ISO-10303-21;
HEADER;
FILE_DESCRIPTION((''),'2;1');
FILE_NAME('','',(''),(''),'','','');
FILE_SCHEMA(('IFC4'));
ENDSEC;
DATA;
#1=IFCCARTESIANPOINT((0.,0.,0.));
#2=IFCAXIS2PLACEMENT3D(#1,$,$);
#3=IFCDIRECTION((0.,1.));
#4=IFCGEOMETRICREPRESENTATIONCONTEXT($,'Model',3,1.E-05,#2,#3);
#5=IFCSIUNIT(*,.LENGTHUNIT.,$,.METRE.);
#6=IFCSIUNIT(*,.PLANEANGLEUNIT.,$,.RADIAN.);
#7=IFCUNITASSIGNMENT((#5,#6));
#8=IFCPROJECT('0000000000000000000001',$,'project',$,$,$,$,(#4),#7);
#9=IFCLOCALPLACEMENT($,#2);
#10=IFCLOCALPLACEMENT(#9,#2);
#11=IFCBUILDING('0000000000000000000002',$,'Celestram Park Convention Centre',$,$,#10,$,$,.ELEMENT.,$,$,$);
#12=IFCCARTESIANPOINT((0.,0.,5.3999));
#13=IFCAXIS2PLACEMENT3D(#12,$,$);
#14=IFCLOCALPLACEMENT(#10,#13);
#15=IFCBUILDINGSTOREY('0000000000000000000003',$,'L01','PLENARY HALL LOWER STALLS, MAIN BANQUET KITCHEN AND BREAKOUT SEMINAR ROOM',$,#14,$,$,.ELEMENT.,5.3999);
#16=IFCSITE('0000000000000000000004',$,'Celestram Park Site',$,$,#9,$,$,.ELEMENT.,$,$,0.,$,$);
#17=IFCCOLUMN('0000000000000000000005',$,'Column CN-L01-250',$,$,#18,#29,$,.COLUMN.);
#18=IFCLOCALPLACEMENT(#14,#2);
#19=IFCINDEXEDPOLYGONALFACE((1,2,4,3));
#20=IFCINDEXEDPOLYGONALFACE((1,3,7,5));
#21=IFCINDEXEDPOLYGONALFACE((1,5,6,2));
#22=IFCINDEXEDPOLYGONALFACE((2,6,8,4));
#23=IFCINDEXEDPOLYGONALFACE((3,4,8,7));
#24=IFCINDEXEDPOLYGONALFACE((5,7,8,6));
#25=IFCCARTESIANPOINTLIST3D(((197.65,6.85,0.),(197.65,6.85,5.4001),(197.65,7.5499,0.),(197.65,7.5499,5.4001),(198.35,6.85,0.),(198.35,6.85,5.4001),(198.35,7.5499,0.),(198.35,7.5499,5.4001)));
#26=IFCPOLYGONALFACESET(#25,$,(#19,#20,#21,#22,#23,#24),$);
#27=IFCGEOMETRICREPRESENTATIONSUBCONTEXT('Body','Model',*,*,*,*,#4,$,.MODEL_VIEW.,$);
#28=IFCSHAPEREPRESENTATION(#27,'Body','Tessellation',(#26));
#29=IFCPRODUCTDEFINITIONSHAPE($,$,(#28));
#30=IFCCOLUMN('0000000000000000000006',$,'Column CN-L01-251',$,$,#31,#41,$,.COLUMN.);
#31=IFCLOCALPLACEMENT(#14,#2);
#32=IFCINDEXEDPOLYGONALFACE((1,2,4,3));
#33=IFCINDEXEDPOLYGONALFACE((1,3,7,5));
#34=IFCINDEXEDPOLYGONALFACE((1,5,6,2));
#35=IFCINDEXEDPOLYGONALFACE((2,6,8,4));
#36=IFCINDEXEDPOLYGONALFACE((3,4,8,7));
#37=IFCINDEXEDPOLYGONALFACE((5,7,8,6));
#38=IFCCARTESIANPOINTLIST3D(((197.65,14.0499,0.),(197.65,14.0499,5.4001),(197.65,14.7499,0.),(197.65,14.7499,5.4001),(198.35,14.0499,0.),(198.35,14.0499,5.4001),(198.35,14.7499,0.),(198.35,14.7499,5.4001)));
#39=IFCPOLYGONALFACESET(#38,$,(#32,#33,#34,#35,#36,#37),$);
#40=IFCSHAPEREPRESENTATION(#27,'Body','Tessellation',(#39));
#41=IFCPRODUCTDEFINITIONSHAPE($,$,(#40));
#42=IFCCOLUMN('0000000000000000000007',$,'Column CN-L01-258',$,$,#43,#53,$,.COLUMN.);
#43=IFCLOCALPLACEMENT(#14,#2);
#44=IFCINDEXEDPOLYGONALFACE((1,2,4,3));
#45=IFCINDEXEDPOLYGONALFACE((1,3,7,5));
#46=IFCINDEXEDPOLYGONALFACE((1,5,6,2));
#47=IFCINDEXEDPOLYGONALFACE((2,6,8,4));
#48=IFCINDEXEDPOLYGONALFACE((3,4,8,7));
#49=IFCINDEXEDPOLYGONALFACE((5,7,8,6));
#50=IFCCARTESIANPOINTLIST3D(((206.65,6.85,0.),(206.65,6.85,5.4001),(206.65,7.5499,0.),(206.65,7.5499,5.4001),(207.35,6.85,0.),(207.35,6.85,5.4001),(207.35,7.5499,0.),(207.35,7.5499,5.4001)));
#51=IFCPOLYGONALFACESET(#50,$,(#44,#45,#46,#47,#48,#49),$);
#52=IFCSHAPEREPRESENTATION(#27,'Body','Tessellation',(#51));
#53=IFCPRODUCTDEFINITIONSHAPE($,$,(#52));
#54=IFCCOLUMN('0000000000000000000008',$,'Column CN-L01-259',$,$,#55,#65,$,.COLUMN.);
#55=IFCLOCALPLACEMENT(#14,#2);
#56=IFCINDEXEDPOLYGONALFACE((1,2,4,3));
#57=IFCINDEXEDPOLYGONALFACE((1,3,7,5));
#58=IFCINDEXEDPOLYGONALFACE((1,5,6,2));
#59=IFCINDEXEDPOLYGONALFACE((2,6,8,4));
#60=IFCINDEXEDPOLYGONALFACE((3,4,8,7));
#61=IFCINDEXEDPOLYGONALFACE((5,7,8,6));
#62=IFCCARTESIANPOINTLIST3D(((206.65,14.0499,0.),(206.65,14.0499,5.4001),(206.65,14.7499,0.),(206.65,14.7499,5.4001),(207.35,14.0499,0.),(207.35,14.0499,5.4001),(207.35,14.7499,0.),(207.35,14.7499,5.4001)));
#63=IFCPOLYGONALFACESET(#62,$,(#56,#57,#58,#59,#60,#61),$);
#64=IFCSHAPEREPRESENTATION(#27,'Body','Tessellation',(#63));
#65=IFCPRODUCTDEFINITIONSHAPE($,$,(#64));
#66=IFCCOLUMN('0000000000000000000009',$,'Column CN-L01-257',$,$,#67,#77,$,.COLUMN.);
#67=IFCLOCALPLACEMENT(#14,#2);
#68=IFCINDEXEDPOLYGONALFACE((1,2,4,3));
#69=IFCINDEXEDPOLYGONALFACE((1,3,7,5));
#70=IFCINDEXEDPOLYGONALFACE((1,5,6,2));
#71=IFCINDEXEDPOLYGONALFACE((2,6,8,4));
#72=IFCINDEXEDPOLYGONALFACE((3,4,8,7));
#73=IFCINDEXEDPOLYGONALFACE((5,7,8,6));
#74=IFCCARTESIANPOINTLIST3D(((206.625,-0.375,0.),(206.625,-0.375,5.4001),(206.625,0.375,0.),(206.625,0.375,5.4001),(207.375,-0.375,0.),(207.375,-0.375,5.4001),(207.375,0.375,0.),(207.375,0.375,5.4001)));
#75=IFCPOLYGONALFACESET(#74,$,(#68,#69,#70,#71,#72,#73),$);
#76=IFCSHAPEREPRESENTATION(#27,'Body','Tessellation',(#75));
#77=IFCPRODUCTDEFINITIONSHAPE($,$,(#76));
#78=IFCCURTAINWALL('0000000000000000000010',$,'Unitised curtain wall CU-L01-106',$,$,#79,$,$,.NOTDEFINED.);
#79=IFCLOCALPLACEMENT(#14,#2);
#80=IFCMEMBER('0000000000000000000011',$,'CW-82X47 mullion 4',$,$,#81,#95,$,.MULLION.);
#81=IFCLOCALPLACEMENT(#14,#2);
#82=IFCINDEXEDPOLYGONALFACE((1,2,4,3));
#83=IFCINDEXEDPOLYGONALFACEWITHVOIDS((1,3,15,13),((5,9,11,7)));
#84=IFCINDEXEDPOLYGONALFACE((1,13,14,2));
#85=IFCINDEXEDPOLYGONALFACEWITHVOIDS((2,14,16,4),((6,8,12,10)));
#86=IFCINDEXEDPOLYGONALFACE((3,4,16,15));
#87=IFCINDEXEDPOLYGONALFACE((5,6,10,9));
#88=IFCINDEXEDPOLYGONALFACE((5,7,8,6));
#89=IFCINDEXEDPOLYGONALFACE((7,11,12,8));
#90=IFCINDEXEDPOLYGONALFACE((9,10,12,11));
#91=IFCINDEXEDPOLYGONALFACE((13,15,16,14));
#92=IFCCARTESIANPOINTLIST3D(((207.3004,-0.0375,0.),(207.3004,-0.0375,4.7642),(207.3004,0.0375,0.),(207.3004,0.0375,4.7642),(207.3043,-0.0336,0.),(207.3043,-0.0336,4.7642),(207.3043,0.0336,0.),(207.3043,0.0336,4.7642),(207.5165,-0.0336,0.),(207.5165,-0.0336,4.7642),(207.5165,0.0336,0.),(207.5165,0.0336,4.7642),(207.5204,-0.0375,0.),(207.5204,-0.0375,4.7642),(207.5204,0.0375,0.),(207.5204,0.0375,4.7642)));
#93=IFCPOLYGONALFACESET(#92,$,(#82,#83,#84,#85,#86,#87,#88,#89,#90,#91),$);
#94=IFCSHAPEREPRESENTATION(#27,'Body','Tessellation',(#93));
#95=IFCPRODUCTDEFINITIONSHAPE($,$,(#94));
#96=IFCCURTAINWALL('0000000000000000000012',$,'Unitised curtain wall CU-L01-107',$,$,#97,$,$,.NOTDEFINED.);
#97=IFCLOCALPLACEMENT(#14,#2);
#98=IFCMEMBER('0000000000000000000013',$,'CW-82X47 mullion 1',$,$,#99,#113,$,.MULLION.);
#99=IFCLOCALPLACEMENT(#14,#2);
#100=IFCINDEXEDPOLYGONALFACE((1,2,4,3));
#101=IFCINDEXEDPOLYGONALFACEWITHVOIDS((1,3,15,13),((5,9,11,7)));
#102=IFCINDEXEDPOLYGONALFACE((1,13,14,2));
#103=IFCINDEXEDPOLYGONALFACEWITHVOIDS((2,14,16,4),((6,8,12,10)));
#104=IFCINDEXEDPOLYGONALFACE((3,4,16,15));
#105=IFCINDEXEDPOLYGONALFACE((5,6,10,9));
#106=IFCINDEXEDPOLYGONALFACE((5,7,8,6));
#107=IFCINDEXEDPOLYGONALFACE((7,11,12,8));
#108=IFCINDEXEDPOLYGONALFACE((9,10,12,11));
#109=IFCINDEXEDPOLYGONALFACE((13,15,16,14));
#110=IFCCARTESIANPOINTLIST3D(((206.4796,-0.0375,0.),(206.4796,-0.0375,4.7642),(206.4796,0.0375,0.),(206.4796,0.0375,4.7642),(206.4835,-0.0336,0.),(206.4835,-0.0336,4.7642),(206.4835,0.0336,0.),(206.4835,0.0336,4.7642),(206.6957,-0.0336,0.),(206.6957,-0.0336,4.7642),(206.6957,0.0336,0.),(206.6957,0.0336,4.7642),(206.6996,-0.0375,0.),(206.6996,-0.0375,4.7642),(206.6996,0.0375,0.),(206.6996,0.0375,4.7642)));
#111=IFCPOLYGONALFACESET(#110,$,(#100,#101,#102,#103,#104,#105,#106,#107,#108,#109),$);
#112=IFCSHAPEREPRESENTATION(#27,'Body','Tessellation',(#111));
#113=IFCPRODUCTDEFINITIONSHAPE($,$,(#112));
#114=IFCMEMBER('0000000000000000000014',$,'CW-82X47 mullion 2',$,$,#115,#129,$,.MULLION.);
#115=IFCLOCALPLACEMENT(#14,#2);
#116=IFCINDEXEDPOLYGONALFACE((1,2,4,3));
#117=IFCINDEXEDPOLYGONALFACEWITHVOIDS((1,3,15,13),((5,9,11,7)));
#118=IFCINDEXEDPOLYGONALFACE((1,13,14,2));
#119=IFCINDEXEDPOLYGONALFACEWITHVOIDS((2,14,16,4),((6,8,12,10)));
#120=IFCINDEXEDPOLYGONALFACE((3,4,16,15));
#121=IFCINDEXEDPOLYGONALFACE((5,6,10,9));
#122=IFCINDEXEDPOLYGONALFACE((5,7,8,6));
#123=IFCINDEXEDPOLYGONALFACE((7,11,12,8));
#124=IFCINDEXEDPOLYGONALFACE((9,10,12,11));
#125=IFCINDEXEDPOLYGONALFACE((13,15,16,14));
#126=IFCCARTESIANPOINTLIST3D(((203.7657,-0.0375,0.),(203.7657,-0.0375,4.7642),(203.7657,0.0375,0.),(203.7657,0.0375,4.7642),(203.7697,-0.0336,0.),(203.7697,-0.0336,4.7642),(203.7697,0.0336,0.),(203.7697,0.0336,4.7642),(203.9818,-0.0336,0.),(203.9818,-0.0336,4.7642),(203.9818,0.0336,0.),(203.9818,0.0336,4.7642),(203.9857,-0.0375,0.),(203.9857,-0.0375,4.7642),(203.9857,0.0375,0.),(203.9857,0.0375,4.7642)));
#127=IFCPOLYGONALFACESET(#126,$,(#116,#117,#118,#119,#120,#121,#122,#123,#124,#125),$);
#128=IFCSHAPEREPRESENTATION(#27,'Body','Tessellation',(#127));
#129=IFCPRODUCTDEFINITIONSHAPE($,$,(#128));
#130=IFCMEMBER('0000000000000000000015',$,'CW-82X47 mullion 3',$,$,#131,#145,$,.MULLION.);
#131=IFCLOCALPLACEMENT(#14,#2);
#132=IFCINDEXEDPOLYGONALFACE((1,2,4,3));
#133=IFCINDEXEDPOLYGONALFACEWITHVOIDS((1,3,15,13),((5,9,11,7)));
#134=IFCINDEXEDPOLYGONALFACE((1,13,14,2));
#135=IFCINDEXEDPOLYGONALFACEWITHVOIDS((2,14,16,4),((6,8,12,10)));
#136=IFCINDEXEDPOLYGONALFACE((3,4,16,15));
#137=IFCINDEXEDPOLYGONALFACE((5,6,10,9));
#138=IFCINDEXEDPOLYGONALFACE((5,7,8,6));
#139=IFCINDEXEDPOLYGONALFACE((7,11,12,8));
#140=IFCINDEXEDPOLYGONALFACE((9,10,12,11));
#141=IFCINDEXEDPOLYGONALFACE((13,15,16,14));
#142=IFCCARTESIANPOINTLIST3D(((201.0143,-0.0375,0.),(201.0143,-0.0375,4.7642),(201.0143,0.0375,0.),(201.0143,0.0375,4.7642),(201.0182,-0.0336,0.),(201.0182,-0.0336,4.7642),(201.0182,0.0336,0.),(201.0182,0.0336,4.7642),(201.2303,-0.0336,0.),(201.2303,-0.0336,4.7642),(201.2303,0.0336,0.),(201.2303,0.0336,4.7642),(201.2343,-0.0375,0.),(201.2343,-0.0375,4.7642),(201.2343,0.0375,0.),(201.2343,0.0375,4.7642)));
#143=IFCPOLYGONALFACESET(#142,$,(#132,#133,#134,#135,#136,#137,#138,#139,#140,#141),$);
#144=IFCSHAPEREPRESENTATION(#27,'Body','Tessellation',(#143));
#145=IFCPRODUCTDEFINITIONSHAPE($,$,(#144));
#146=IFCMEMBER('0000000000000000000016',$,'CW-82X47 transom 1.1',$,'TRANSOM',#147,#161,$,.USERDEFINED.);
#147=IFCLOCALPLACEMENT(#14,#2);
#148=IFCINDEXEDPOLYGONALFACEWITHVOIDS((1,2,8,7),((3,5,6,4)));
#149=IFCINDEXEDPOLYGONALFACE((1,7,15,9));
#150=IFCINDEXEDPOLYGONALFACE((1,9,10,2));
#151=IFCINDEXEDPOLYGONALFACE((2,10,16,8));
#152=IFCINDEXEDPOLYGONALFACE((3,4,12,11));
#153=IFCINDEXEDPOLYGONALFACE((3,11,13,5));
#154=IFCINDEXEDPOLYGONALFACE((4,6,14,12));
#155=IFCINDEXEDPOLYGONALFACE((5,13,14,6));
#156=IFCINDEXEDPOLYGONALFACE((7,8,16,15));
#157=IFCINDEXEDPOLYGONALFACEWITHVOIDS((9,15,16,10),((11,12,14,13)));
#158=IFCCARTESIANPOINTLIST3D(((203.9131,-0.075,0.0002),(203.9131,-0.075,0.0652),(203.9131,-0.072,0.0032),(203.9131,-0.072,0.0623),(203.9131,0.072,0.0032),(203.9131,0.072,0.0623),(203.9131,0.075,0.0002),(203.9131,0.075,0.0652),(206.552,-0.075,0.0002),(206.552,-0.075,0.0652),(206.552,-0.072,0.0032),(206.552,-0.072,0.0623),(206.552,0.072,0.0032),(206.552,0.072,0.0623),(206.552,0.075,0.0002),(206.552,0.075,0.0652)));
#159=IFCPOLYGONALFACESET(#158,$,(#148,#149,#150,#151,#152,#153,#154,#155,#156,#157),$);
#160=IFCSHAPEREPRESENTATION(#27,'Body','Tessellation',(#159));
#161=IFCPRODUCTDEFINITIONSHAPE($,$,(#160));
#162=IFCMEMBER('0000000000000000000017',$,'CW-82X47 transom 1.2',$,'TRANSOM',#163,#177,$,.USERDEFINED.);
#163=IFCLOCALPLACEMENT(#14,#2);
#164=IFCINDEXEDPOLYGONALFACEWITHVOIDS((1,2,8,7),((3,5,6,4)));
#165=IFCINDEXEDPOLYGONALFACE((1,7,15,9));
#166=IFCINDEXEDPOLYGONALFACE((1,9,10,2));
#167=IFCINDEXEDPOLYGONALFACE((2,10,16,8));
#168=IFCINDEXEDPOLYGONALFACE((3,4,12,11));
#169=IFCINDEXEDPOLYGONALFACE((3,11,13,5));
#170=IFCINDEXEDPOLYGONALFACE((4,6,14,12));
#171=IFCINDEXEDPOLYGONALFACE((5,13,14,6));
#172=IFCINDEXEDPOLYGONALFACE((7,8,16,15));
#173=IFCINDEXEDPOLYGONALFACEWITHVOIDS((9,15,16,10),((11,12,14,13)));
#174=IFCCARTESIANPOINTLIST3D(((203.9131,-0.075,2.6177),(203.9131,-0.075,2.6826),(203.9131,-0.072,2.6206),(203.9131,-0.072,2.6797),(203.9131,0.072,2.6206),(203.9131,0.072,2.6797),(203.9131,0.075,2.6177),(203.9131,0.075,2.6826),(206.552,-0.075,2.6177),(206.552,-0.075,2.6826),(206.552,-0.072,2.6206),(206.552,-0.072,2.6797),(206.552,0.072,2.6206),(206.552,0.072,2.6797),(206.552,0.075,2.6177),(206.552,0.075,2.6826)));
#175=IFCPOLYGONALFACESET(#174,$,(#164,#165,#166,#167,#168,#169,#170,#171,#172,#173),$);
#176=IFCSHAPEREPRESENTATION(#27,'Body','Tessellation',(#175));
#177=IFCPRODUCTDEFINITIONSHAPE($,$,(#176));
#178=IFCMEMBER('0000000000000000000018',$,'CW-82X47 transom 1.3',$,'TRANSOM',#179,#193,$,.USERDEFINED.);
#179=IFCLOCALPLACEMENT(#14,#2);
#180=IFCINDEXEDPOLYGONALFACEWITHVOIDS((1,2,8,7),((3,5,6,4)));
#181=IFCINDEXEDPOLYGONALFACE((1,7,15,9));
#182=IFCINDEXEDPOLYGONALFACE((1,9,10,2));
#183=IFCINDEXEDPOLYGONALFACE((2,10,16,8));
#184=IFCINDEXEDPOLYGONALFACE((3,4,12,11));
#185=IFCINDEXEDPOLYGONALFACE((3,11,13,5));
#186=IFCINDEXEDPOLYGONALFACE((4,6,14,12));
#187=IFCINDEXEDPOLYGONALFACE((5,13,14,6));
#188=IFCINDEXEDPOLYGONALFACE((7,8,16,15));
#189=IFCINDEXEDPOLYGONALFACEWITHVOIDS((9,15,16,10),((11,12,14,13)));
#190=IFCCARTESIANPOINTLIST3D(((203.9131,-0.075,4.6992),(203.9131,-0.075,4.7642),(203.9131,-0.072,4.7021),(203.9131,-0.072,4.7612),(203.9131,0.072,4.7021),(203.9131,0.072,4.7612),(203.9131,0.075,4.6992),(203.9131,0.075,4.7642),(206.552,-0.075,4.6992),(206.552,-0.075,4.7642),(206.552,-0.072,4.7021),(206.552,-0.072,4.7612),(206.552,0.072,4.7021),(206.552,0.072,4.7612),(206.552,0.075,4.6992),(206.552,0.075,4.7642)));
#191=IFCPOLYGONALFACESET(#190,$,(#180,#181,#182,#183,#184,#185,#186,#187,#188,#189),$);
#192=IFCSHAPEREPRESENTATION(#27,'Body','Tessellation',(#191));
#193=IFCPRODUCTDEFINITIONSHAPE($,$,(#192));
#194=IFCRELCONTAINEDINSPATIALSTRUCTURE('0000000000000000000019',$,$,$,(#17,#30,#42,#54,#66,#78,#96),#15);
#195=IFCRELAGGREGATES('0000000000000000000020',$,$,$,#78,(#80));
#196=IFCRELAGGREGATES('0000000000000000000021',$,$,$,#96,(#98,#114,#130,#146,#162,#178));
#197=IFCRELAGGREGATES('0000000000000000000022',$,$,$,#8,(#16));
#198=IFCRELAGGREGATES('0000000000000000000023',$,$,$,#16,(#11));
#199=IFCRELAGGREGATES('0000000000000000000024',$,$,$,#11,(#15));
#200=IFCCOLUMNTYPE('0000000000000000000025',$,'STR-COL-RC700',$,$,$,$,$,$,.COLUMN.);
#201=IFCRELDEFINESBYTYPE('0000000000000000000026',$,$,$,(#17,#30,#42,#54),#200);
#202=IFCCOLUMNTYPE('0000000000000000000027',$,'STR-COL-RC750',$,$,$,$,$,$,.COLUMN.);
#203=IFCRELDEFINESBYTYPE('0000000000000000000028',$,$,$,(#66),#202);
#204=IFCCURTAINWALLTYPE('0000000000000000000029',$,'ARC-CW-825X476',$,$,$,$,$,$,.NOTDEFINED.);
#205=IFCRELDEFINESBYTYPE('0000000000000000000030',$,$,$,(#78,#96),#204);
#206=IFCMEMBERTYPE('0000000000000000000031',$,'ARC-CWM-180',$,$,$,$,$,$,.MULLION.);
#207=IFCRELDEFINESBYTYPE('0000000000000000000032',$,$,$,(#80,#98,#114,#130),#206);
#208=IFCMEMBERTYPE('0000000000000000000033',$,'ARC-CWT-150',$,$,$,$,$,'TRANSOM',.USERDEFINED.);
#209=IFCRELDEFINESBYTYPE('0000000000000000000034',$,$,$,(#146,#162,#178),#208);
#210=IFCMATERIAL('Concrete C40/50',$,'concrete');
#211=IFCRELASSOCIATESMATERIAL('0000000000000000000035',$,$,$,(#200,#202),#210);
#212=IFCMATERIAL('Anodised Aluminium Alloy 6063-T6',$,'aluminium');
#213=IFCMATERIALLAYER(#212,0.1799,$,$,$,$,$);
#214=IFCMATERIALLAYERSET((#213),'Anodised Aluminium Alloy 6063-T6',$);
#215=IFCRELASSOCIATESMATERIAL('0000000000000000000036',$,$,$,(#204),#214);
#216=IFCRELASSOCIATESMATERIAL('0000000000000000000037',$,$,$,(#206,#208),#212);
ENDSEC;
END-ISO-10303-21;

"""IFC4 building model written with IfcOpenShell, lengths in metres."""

from ifc_helpers import new_model, si_unit, direction, frame, origin, origin_2d, place, context, subcontext, project, spatial, rectangle, hollow_rectangle, extrude, material, layer, layer_set, material_profile, profile_set, type_object, element, aggregate, save


model = new_model("IFC4")

# Units and contexts
model_context = context("Model", 3, precision=1e-05, world=origin(), true_north=direction((0.0, 1.0)))
body_context = subcontext(model_context, "Body", "Model", "MODEL_VIEW")
ifc_project = project(units=[si_unit("LENGTHUNIT", "METRE"), si_unit("PLANEANGLEUNIT", "RADIAN")], contexts=[model_context])

# Site, building, storey
site_placement = place(None, origin())
site = spatial("IfcSite", under=ifc_project, at=site_placement, Name="Celestram Park Site", CompositionType="ELEMENT", RefElevation=0.0)
building_placement = place(site_placement, origin())
building = spatial("IfcBuilding", under=site, at=building_placement, Name="Celestram Park Convention Centre", CompositionType="ELEMENT")
storey_placement = place(building_placement, frame((0.0, 0.0, 5.3999)))
storey = spatial("IfcBuildingStorey", under=building, at=storey_placement, Name="L01", Description="PLENARY HALL LOWER STALLS, MAIN BANQUET KITCHEN AND BREAKOUT SEMINAR ROOM", CompositionType="ELEMENT", Elevation=5.3999)

# Columns
ifc_material_1 = material(Name="Concrete C40/50", Category="concrete")
ifc_material_profile_1 = material_profile(ifc_material_1, rectangle(XDim=0.7, YDim=0.7, at=origin_2d()), Name="RC700X700")
ifc_profile_set_1 = profile_set([ifc_material_profile_1], Name="Concrete C40/50")
column_type_1 = type_object("IfcColumnType", Name="STR-COL-RC700", PredefinedType="COLUMN", material=ifc_profile_set_1)
for number, where, z_axis, x_axis, name in (
    (1, (198.0, 7.2, 0.0), (0.0, 0.0, 1.0), (1.0, 0.0, 0.0), "Column CN-L01-250"),
    (2, (198.0, 14.3999, 0.0), (0.0, 0.0, 1.0), (1.0, 0.0, 0.0), "Column CN-L01-251"),
    (3, (207.0, 7.2, 0.0), (0.0, 0.0, 1.0), (1.0, 0.0, 0.0), "Column CN-L01-258"),
    (4, (207.0, 14.3999, 0.0), (0.0, 0.0, 1.0), (1.0, 0.0, 0.0), "Column CN-L01-259"),
):
    element("IfcColumn", number, at=place(storey_placement, frame(where, z_axis=z_axis, x_axis=x_axis)), inside=storey, type_object=column_type_1, Name=name, PredefinedType="COLUMN", context=body_context, shape_type="SweptSolid", body=[
        extrude(rectangle(XDim=0.7, YDim=0.7, at=origin_2d()), origin(), (0.0, 0.0, 1.0), 5.4001),
    ])
ifc_material_profile_2 = material_profile(ifc_material_1, rectangle(XDim=0.75, YDim=0.75, at=origin_2d()), Name="RC750X750")
ifc_profile_set_2 = profile_set([ifc_material_profile_2], Name="Concrete C40/50")
column_type_2 = type_object("IfcColumnType", Name="STR-COL-RC750", PredefinedType="COLUMN", material=ifc_profile_set_2)
column_placement = place(storey_placement, frame((207.0, 0.0, 0.0), z_axis=(0.0, 0.0, 1.0), x_axis=(1.0, 0.0, 0.0)))
element("IfcColumn", 5, at=column_placement, inside=storey, type_object=column_type_2, Name="Column CN-L01-257", PredefinedType="COLUMN", context=body_context, shape_type="SweptSolid", body=[
    extrude(rectangle(XDim=0.75, YDim=0.75, at=origin_2d()), origin(), (0.0, 0.0, 1.0), 5.4001),
])

# Curtain wall, member
ifc_material_2 = material(Name="Anodised Aluminium Alloy 6063-T6", Category="aluminium")
ifc_layer_1 = layer(ifc_material_2, 0.1799)
ifc_layer_set_1 = layer_set([ifc_layer_1], Name="Anodised Aluminium Alloy 6063-T6")
curtain_wall_type = type_object("IfcCurtainWallType", Name="ARC-CW-825X476", PredefinedType="NOTDEFINED", material=ifc_layer_set_1)
curtain_wall_1_placement = place(storey_placement, origin())
curtain_wall_1 = element("IfcCurtainWall", 6, at=curtain_wall_1_placement, inside=storey, type_object=curtain_wall_type, Name="Unitised curtain wall CU-L01-106", PredefinedType="NOTDEFINED")
ifc_material_profile_3 = material_profile(ifc_material_2, hollow_rectangle(XDim=0.075, YDim=0.22, WallThickness=0.0039, at=origin_2d()), Name="ALU75X220X4")
ifc_profile_set_3 = profile_set([ifc_material_profile_3], Name="Anodised Aluminium Alloy 6063-T6")
member_type_1 = type_object("IfcMemberType", Name="ARC-CWM-180", PredefinedType="MULLION", material=ifc_profile_set_3)
member_1_placement = place(storey_placement, frame((207.4104, 0.0, 0.0), z_axis=(0.0, 0.0, 1.0), x_axis=(0.0, -1.0, 0.0)))
member_1 = element("IfcMember", 7, at=member_1_placement, type_object=member_type_1, Name="CW-82X47 mullion 4", PredefinedType="MULLION", context=body_context, shape_type="SweptSolid", body=[
    extrude(hollow_rectangle(XDim=0.075, YDim=0.22, WallThickness=0.0039, at=origin_2d()), origin(), (0.0, 0.0, 1.0), 4.7642),
])
aggregate(curtain_wall_1, [member_1])

# Curtain wall, members
curtain_wall_2_placement = place(storey_placement, origin())
curtain_wall_2 = element("IfcCurtainWall", 8, at=curtain_wall_2_placement, inside=storey, type_object=curtain_wall_type, Name="Unitised curtain wall CU-L01-107", PredefinedType="NOTDEFINED")
member_2_placement = place(storey_placement, frame((206.5896, 0.0, 0.0), z_axis=(0.0, 0.0, 1.0), x_axis=(0.0, -1.0, 0.0)))
member_2 = element("IfcMember", 9, at=member_2_placement, type_object=member_type_1, Name="CW-82X47 mullion 1", PredefinedType="MULLION", context=body_context, shape_type="SweptSolid", body=[
    extrude(hollow_rectangle(XDim=0.075, YDim=0.22, WallThickness=0.0039, at=origin_2d()), origin(), (0.0, 0.0, 1.0), 4.7642),
])
member_3_placement = place(storey_placement, frame((203.8757, 0.0, 0.0), z_axis=(0.0, 0.0, 1.0), x_axis=(0.0, -1.0, 0.0)))
member_3 = element("IfcMember", 10, at=member_3_placement, type_object=member_type_1, Name="CW-82X47 mullion 2", PredefinedType="MULLION", context=body_context, shape_type="SweptSolid", body=[
    extrude(hollow_rectangle(XDim=0.075, YDim=0.22, WallThickness=0.0039, at=origin_2d()), origin(), (0.0, 0.0, 1.0), 4.7642),
])
member_4_placement = place(storey_placement, frame((201.1243, 0.0, 0.0), z_axis=(0.0, 0.0, 1.0), x_axis=(0.0, -1.0, 0.0)))
member_4 = element("IfcMember", 11, at=member_4_placement, type_object=member_type_1, Name="CW-82X47 mullion 3", PredefinedType="MULLION", context=body_context, shape_type="SweptSolid", body=[
    extrude(hollow_rectangle(XDim=0.075, YDim=0.22, WallThickness=0.0039, at=origin_2d()), origin(), (0.0, 0.0, 1.0), 4.7642),
])
ifc_material_profile_4 = material_profile(ifc_material_2, hollow_rectangle(XDim=0.1499, YDim=0.0649, WallThickness=0.0029, at=origin_2d()), Name="ALU150X65X3")
ifc_profile_set_4 = profile_set([ifc_material_profile_4], Name="Anodised Aluminium Alloy 6063-T6")
member_type_2 = type_object("IfcMemberType", Name="ARC-CWT-150", ElementType="TRANSOM", PredefinedType="USERDEFINED", material=ifc_profile_set_4)
member_5_placement = place(storey_placement, frame((206.552, 0.0, 0.0327), z_axis=(-1.0, 0.0, 0.0), x_axis=(0.0, -1.0, 0.0)))
member_5 = element("IfcMember", 12, at=member_5_placement, type_object=member_type_2, Name="CW-82X47 transom 1.1", ObjectType="TRANSOM", PredefinedType="USERDEFINED", context=body_context, shape_type="SweptSolid", body=[
    extrude(hollow_rectangle(XDim=0.1499, YDim=0.0649, WallThickness=0.0029, at=origin_2d()), origin(), (0.0, 0.0, 1.0), 2.6389),
])
member_6_placement = place(storey_placement, frame((206.552, 0.0, 2.6501), z_axis=(-1.0, 0.0, 0.0), x_axis=(0.0, -1.0, 0.0)))
member_6 = element("IfcMember", 13, at=member_6_placement, type_object=member_type_2, Name="CW-82X47 transom 1.2", ObjectType="TRANSOM", PredefinedType="USERDEFINED", context=body_context, shape_type="SweptSolid", body=[
    extrude(hollow_rectangle(XDim=0.1499, YDim=0.0649, WallThickness=0.0029, at=origin_2d()), origin(), (0.0, 0.0, 1.0), 2.6389),
])
member_7_placement = place(storey_placement, frame((206.552, 0.0, 4.7317), z_axis=(-1.0, 0.0, 0.0), x_axis=(0.0, -1.0, 0.0)))
member_7 = element("IfcMember", 14, at=member_7_placement, type_object=member_type_2, Name="CW-82X47 transom 1.3", ObjectType="TRANSOM", PredefinedType="USERDEFINED", context=body_context, shape_type="SweptSolid", body=[
    extrude(hollow_rectangle(XDim=0.1499, YDim=0.0649, WallThickness=0.0029, at=origin_2d()), origin(), (0.0, 0.0, 1.0), 2.6389),
])

aggregate(curtain_wall_2, [member_2, member_3, member_4, member_5, member_6, member_7])

save(model, "model.ifc")
